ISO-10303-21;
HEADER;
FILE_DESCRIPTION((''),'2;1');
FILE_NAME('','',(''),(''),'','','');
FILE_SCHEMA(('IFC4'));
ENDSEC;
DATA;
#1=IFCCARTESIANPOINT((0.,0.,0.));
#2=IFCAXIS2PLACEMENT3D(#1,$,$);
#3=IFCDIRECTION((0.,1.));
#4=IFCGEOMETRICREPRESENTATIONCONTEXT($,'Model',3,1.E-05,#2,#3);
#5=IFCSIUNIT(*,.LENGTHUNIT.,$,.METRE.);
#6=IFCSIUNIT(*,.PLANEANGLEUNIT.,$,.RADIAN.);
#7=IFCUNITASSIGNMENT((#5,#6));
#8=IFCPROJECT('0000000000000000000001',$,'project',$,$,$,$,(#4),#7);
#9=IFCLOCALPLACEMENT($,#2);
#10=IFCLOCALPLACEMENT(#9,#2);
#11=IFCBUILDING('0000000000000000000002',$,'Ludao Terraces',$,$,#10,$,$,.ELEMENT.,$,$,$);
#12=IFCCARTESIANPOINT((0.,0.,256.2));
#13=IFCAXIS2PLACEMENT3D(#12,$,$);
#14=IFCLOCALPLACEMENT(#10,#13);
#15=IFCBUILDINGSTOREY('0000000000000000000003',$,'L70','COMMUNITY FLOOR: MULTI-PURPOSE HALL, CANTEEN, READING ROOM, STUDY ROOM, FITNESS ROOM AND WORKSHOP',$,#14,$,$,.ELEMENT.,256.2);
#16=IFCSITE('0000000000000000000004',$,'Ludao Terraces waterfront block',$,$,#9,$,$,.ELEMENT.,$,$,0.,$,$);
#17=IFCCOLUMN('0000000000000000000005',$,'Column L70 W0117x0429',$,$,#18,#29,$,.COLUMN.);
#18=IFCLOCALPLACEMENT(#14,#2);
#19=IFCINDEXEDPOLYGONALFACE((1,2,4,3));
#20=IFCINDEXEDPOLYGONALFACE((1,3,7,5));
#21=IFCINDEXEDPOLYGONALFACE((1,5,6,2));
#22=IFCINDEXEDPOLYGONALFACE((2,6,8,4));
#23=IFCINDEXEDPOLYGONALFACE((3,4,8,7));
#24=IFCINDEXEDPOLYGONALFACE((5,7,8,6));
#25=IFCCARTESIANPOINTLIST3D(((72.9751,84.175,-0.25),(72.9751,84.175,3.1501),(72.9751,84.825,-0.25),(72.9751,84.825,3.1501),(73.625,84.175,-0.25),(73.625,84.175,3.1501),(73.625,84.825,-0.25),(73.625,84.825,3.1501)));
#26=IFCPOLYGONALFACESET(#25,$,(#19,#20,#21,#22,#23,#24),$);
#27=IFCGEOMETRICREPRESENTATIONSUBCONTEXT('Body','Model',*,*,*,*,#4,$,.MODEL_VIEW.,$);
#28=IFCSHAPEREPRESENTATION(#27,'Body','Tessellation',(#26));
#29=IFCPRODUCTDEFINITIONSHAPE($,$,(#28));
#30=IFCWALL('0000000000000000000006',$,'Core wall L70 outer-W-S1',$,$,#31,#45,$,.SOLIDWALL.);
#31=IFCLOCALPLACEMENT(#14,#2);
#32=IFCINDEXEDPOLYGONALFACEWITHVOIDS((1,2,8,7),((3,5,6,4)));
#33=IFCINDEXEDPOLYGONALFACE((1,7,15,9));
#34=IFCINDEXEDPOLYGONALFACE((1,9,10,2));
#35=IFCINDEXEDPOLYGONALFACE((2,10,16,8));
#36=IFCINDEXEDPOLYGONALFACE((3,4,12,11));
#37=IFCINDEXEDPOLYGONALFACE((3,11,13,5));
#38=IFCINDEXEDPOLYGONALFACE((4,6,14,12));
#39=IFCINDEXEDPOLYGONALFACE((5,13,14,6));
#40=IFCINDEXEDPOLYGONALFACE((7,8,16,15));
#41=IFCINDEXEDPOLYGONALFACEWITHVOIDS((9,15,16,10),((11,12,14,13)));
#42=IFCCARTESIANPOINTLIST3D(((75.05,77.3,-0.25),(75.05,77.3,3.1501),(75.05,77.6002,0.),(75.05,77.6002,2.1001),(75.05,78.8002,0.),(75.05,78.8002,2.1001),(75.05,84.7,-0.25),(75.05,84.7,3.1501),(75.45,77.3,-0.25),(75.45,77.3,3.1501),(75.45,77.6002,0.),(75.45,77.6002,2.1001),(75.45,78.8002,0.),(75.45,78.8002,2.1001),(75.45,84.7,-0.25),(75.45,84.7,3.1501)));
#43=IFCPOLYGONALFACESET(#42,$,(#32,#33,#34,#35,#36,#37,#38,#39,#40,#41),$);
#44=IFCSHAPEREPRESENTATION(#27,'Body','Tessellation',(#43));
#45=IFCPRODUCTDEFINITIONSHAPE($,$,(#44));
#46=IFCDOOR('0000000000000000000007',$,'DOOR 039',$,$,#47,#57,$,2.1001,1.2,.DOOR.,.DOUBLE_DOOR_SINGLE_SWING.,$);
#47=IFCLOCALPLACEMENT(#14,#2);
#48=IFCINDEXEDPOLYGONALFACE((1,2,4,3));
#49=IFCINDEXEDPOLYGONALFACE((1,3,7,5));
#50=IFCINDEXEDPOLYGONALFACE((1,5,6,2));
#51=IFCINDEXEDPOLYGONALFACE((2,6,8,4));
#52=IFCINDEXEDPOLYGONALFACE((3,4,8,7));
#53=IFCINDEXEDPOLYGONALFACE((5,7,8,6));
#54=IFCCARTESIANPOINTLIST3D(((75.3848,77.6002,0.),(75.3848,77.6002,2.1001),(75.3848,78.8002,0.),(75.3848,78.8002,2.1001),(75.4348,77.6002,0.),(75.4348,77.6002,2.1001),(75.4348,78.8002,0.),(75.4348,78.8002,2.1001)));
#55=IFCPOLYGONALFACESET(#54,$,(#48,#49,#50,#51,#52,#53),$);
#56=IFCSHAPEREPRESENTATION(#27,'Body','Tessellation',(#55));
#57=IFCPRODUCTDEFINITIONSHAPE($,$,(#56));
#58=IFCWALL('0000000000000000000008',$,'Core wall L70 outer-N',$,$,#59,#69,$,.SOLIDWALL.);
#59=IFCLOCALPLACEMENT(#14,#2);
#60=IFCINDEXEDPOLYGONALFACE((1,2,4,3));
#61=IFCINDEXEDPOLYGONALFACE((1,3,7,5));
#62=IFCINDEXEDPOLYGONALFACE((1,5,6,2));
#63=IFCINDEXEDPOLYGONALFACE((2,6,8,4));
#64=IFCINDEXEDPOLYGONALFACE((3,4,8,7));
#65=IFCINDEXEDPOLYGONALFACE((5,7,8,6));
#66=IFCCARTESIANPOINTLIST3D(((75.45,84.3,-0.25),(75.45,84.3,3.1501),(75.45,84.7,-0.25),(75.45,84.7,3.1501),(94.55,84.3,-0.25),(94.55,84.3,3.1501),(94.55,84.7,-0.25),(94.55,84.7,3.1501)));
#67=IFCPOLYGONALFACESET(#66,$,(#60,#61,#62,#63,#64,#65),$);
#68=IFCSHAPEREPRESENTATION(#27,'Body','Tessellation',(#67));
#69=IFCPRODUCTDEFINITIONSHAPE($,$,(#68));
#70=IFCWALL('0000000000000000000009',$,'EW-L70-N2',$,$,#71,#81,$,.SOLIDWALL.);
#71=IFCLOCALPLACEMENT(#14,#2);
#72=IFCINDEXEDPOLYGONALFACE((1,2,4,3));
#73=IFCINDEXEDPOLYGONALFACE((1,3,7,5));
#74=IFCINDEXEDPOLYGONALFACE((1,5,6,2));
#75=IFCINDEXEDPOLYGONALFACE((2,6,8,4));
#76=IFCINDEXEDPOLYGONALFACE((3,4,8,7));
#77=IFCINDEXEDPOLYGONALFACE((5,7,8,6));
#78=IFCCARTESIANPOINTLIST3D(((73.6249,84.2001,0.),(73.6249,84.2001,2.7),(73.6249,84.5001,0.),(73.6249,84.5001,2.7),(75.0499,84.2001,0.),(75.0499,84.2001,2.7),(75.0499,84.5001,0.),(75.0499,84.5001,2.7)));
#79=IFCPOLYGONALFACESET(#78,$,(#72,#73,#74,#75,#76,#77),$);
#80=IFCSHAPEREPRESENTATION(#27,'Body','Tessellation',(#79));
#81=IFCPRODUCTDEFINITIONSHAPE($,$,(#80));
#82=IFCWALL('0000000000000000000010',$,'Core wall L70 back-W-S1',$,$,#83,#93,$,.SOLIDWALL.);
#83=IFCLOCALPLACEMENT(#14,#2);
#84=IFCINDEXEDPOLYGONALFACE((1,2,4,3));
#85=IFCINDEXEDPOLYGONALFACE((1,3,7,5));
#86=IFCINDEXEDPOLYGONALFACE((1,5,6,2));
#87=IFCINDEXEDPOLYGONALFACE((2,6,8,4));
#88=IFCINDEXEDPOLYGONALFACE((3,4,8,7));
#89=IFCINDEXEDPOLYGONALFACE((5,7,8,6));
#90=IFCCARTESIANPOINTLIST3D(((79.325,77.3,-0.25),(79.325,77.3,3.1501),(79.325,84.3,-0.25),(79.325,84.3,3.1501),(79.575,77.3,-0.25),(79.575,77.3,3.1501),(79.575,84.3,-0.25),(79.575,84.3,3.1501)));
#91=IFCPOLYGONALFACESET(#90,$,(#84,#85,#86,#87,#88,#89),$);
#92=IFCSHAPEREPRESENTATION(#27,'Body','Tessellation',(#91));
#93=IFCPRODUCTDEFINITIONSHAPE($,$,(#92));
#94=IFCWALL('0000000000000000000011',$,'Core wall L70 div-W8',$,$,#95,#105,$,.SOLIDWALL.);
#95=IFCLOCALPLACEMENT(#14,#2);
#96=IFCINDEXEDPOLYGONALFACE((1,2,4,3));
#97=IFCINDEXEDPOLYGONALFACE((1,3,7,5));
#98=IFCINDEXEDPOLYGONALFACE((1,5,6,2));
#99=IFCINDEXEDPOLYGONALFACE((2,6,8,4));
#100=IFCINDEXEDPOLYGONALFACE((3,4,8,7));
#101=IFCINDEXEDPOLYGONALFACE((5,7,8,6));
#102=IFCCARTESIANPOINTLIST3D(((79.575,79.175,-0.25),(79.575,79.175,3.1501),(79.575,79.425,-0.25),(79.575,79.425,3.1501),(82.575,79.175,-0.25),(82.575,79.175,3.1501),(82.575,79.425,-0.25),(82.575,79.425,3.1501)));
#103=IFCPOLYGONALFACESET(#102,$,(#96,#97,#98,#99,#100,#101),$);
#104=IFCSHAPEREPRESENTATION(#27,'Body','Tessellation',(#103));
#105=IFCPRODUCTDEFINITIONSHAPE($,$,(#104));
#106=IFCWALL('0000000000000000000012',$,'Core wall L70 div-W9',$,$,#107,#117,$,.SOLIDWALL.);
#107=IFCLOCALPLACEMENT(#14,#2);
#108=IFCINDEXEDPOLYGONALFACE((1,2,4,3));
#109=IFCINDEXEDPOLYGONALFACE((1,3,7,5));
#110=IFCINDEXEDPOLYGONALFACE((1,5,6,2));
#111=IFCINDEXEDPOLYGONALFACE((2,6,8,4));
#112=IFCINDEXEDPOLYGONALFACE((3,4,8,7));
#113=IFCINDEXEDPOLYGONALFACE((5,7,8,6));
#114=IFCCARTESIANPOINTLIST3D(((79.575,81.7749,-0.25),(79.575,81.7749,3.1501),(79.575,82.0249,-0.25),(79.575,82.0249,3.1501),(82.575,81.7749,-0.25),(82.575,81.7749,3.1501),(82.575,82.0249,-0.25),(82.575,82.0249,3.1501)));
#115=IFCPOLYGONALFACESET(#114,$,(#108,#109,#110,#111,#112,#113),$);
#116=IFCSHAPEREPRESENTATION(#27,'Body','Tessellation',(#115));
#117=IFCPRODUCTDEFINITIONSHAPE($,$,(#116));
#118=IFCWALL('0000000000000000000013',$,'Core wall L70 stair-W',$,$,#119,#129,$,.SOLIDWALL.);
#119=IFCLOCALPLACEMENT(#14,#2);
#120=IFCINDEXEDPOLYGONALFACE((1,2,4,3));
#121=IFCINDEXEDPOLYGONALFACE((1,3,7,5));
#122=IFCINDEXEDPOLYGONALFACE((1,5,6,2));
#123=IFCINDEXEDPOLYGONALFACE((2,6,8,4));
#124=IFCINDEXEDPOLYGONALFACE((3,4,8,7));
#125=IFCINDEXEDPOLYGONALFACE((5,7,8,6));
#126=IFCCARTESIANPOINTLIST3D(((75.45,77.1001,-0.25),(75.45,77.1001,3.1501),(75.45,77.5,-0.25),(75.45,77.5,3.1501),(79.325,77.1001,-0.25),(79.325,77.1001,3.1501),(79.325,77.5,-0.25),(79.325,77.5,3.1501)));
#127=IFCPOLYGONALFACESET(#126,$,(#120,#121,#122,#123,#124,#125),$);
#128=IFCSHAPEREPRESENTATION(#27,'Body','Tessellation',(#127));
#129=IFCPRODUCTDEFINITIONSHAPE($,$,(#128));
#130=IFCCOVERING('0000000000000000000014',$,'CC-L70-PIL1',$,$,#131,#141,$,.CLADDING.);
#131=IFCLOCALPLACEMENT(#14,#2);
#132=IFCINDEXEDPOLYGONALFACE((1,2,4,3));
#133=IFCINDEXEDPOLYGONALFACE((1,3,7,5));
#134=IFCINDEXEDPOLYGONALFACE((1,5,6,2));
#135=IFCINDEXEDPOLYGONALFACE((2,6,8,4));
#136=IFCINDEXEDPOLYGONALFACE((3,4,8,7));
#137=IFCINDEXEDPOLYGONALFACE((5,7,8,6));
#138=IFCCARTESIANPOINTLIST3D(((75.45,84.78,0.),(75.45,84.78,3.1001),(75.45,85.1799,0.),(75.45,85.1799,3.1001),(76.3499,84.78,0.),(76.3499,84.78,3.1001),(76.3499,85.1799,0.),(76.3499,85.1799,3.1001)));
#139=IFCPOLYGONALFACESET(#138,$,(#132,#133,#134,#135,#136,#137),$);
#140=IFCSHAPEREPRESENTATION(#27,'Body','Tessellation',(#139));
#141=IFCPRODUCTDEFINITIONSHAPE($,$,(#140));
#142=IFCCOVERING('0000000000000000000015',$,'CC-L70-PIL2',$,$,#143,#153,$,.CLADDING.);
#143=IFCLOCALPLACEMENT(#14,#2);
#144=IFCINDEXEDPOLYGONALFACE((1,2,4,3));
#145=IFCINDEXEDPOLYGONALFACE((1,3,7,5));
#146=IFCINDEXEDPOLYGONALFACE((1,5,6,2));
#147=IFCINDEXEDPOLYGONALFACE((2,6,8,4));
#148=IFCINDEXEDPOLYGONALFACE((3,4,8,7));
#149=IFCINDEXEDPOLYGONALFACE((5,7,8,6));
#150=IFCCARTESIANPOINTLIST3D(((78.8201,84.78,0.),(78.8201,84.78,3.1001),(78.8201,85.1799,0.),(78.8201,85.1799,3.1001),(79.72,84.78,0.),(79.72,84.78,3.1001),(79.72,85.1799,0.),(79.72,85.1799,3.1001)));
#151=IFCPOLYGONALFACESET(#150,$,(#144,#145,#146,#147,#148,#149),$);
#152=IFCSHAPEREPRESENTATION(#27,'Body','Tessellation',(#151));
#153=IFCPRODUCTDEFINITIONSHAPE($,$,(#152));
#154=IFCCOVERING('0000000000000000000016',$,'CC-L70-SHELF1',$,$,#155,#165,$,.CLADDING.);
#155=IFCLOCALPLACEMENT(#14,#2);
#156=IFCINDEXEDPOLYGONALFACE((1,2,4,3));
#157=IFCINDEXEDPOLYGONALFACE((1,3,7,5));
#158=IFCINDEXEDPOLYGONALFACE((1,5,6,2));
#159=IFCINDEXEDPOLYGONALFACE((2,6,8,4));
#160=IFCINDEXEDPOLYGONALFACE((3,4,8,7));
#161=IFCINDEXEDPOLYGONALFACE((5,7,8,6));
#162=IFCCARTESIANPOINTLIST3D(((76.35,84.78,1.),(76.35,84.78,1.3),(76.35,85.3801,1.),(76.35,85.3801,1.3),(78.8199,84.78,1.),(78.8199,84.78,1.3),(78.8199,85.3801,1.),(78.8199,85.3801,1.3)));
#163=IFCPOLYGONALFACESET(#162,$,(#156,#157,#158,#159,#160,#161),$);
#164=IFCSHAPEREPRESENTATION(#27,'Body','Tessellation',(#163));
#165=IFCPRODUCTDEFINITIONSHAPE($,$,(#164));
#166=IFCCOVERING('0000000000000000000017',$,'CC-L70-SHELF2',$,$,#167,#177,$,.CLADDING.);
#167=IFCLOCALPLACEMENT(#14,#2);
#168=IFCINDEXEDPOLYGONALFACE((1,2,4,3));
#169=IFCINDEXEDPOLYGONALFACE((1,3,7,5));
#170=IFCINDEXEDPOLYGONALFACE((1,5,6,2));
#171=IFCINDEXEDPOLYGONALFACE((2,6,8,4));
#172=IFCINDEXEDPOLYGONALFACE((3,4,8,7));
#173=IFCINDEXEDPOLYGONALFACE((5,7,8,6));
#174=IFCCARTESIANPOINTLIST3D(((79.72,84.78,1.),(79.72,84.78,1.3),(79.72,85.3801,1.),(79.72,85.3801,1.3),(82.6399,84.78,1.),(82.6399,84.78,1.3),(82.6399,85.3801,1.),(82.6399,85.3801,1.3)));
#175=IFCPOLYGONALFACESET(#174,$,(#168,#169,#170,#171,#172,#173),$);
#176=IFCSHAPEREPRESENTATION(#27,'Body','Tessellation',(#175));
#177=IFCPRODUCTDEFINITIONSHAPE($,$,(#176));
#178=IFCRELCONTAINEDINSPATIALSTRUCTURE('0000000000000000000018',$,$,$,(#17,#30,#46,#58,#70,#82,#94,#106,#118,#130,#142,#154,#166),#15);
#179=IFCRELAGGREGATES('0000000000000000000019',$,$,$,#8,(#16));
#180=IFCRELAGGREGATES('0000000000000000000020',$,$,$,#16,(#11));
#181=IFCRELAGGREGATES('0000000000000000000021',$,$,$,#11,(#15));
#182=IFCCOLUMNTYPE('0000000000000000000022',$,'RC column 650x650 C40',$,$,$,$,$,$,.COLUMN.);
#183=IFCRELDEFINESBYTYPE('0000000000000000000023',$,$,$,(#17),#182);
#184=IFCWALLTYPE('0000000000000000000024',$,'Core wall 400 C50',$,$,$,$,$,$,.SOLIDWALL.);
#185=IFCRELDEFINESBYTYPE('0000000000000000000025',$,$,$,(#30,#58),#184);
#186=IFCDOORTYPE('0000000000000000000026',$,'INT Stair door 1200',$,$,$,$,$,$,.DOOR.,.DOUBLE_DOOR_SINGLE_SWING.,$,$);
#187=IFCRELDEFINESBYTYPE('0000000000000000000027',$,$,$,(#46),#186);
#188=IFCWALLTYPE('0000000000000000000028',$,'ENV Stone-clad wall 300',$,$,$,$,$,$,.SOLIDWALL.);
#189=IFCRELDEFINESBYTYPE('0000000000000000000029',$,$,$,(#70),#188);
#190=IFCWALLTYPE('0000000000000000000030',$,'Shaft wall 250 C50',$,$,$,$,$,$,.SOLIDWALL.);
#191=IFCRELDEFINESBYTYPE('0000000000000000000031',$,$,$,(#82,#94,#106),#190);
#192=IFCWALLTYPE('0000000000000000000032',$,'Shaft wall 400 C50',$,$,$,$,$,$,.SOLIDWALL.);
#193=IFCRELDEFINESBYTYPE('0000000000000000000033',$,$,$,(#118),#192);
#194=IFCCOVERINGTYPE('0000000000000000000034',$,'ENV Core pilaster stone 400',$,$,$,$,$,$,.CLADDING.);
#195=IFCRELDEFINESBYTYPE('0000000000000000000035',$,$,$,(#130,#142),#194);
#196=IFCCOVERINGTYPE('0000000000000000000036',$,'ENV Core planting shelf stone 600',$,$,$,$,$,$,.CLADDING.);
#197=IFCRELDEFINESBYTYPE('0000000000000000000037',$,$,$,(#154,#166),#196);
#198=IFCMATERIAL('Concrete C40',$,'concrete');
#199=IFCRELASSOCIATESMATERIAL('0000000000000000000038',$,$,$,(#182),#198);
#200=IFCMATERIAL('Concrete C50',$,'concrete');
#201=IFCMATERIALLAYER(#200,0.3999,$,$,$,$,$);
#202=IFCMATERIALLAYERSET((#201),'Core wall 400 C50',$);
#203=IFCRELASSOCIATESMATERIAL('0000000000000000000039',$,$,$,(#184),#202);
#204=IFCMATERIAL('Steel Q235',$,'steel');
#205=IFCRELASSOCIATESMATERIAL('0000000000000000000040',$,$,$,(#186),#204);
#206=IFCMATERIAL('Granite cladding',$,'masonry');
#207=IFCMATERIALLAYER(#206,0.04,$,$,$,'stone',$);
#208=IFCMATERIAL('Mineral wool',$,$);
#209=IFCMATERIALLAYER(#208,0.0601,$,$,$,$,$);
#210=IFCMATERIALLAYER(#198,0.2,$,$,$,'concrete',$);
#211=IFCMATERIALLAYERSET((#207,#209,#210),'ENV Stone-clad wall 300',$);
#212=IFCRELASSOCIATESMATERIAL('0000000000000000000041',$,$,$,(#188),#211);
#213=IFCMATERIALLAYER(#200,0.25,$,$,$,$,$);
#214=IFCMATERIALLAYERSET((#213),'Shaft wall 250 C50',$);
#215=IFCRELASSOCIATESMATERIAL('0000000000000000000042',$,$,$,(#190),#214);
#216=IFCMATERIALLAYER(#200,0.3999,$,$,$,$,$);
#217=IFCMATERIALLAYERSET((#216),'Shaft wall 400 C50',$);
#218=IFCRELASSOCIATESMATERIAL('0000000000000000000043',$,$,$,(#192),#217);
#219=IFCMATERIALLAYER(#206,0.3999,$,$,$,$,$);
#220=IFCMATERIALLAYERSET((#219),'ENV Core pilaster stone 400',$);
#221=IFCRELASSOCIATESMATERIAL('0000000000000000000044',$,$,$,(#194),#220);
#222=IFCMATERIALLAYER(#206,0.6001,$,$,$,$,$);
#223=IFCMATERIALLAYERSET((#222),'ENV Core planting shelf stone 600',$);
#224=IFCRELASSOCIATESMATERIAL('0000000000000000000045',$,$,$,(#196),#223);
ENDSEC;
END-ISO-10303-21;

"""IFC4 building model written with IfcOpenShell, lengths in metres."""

from ifc_helpers import new_model, si_unit, direction, frame, frame_2d, origin, origin_2d, place, context, subcontext, project, spatial, rectangle, extrude, material, layer, layer_set, material_profile, profile_set, type_object, element, fill, save


model = new_model("IFC4")

# Units and contexts
model_context = context("Model", 3, precision=1e-05, world=origin(), true_north=direction((0.0, 1.0)))
body_context = subcontext(model_context, "Body", "Model", "MODEL_VIEW")
ifc_project = project(units=[si_unit("LENGTHUNIT", "METRE"), si_unit("PLANEANGLEUNIT", "RADIAN")], contexts=[model_context])

# Site, building, storey
site_placement = place(None, origin())
site = spatial("IfcSite", under=ifc_project, at=site_placement, Name="Ludao Terraces waterfront block", CompositionType="ELEMENT", RefElevation=0.0)
building_placement = place(site_placement, origin())
building = spatial("IfcBuilding", under=site, at=building_placement, Name="Ludao Terraces", CompositionType="ELEMENT")
storey_placement = place(building_placement, frame((0.0, 0.0, 256.2)))
storey = spatial("IfcBuildingStorey", under=building, at=storey_placement, Name="L70", Description="COMMUNITY FLOOR: MULTI-PURPOSE HALL, CANTEEN, READING ROOM, STUDY ROOM, FITNESS ROOM AND WORKSHOP", CompositionType="ELEMENT", Elevation=256.2)

# Column
ifc_material_1 = material(Name="Concrete C40", Category="concrete")
ifc_material_profile = material_profile(ifc_material_1, rectangle(XDim=0.6499, YDim=0.6499, at=origin_2d()), Name="650 X 650")
ifc_profile_set = profile_set([ifc_material_profile], Name="Concrete C40")
column_type = type_object("IfcColumnType", Name="RC column 650x650 C40", PredefinedType="COLUMN", material=ifc_profile_set)
column_placement = place(storey_placement, frame((73.3, 84.5, -0.25), z_axis=(0.0, 0.0, 1.0), x_axis=(1.0, 0.0, 0.0)))
element("IfcColumn", 1, at=column_placement, inside=storey, type_object=column_type, Name="Column L70 W0117x0429", PredefinedType="COLUMN", context=body_context, shape_type="SweptSolid", body=[
    extrude(rectangle(XDim=0.6499, YDim=0.6499, at=origin_2d()), origin(), (0.0, 0.0, 1.0), 3.4001),
])

# Wall, opening, door
ifc_material_2 = material(Name="Concrete C50", Category="concrete")
ifc_layer_1 = layer(ifc_material_2, 0.3999)
ifc_layer_set_1 = layer_set([ifc_layer_1], Name="Core wall 400 C50")
wall_type_1 = type_object("IfcWallType", Name="Core wall 400 C50", PredefinedType="SOLIDWALL", material=ifc_layer_set_1)
wall_1_placement = place(storey_placement, frame((75.25, 77.3, -0.25), z_axis=(0.0, 0.0, 1.0), x_axis=(0.0, 1.0, 0.0)))
wall_1 = element("IfcWall", 2, at=wall_1_placement, inside=storey, type_object=wall_type_1, Name="Core wall L70 outer-W-S1", PredefinedType="SOLIDWALL", context=body_context, shape_type="SweptSolid", body=[
    extrude(rectangle(XDim=7.3999, YDim=0.3999, at=frame_2d((3.7, 0.0))), origin(), (0.0, 0.0, 1.0), 3.4001),
])
opening_placement = place(wall_1_placement, frame((0.3, 0.0, 0.25)))
opening = element("IfcOpeningElement", 3, at=opening_placement, cuts=wall_1, PredefinedType="OPENING", context=body_context, shape_type="SweptSolid", body=[
    extrude(rectangle(XDim=1.2, YDim=2.1001, at=frame_2d((0.6001, 1.05))), frame((0.0, 0.21, 0.0), z_axis=(0.0, -1.0, 0.0), x_axis=(1.0, 0.0, 0.0)), (0.0, 0.0, 1.0), 0.4199),
])
ifc_material_3 = material(Name="Steel Q235", Category="steel")
door_type = type_object("IfcDoorType", Name="INT Stair door 1200", OperationType="DOUBLE_DOOR_SINGLE_SWING", PredefinedType="DOOR", material=ifc_material_3)
door_placement = place(opening_placement, origin())
door = element("IfcDoor", 4, at=door_placement, inside=storey, type_object=door_type, Name="DOOR 039", OperationType="DOUBLE_DOOR_SINGLE_SWING", OverallHeight=2.1001, OverallWidth=1.2, PredefinedType="DOOR", context=body_context, shape_type="SweptSolid", body=[
    extrude(rectangle(XDim=1.2, YDim=2.1001, at=frame_2d((0.6001, 1.05))), frame((0.0, -0.1348, 0.0), z_axis=(0.0, -1.0, 0.0), x_axis=(1.0, 0.0, 0.0)), (0.0, 0.0, 1.0), 0.05),
])
fill(opening, door)

# Walls
wall_2_placement = place(storey_placement, frame((75.45, 84.5, -0.25), z_axis=(0.0, 0.0, 1.0), x_axis=(1.0, 0.0, 0.0)))
element("IfcWall", 5, at=wall_2_placement, inside=storey, type_object=wall_type_1, Name="Core wall L70 outer-N", PredefinedType="SOLIDWALL", context=body_context, shape_type="SweptSolid", body=[
    extrude(rectangle(XDim=19.1001, YDim=0.3999, at=frame_2d((9.55, 0.0))), origin(), (0.0, 0.0, 1.0), 3.4001),
])
ifc_material_4 = material(Name="Granite cladding", Category="masonry")
ifc_layer_2 = layer(ifc_material_4, 0.04, Category="stone")
ifc_material_5 = material(Name="Mineral wool")
ifc_layer_3 = layer(ifc_material_5, 0.0601)
ifc_layer_4 = layer(ifc_material_1, 0.2, Category="concrete")
ifc_layer_set_2 = layer_set([ifc_layer_2, ifc_layer_3, ifc_layer_4], Name="ENV Stone-clad wall 300")
wall_type_2 = type_object("IfcWallType", Name="ENV Stone-clad wall 300", PredefinedType="SOLIDWALL", material=ifc_layer_set_2)
wall_3_placement = place(storey_placement, frame((73.625, 84.3501, 0.0), z_axis=(0.0, 0.0, 1.0), x_axis=(1.0, 0.0, 0.0)))
element("IfcWall", 6, at=wall_3_placement, inside=storey, type_object=wall_type_2, Name="EW-L70-N2", PredefinedType="SOLIDWALL", context=body_context, shape_type="SweptSolid", body=[
    extrude(rectangle(XDim=1.425, YDim=0.3, at=frame_2d((0.7124, 0.0))), origin(), (0.0, 0.0, 1.0), 2.7),
])
ifc_layer_5 = layer(ifc_material_2, 0.25)
ifc_layer_set_3 = layer_set([ifc_layer_5], Name="Shaft wall 250 C50")
wall_type_3 = type_object("IfcWallType", Name="Shaft wall 250 C50", PredefinedType="SOLIDWALL", material=ifc_layer_set_3)
wall_4_placement = place(storey_placement, frame((79.45, 77.3, -0.25), z_axis=(0.0, 0.0, 1.0), x_axis=(0.0, 1.0, 0.0)))
element("IfcWall", 7, at=wall_4_placement, inside=storey, type_object=wall_type_3, Name="Core wall L70 back-W-S1", PredefinedType="SOLIDWALL", context=body_context, shape_type="SweptSolid", body=[
    extrude(rectangle(XDim=7.0, YDim=0.25, at=frame_2d((3.5, 0.0))), origin(), (0.0, 0.0, 1.0), 3.4001),
])
for number, where, z_axis, x_axis, name in (
    (8, (79.575, 79.3, -0.25), (0.0, 0.0, 1.0), (1.0, 0.0, 0.0), "Core wall L70 div-W8"),
    (9, (79.575, 81.8999, -0.25), (0.0, 0.0, 1.0), (1.0, 0.0, 0.0), "Core wall L70 div-W9"),
):
    element("IfcWall", number, at=place(storey_placement, frame(where, z_axis=z_axis, x_axis=x_axis)), inside=storey, type_object=wall_type_3, Name=name, PredefinedType="SOLIDWALL", context=body_context, shape_type="SweptSolid", body=[
        extrude(rectangle(XDim=3.0, YDim=0.25, at=frame_2d((1.5, 0.0))), origin(), (0.0, 0.0, 1.0), 3.4001),
    ])
ifc_layer_6 = layer(ifc_material_2, 0.3999)
ifc_layer_set_4 = layer_set([ifc_layer_6], Name="Shaft wall 400 C50")
wall_type_4 = type_object("IfcWallType", Name="Shaft wall 400 C50", PredefinedType="SOLIDWALL", material=ifc_layer_set_4)
wall_5_placement = place(storey_placement, frame((75.45, 77.3, -0.25), z_axis=(0.0, 0.0, 1.0), x_axis=(1.0, 0.0, 0.0)))
element("IfcWall", 10, at=wall_5_placement, inside=storey, type_object=wall_type_4, Name="Core wall L70 stair-W", PredefinedType="SOLIDWALL", context=body_context, shape_type="SweptSolid", body=[
    extrude(rectangle(XDim=3.875, YDim=0.3999, at=frame_2d((1.9375, 0.0))), origin(), (0.0, 0.0, 1.0), 3.4001),
])

# Coverings
ifc_layer_7 = layer(ifc_material_4, 0.3999)
ifc_layer_set_5 = layer_set([ifc_layer_7], Name="ENV Core pilaster stone 400")
covering_type_1 = type_object("IfcCoveringType", Name="ENV Core pilaster stone 400", PredefinedType="CLADDING", material=ifc_layer_set_5)
for number, where, z_axis, x_axis, name in (
    (11, (75.8999, 84.98, 0.0), (0.0, 0.0, 1.0), (1.0, 0.0, 0.0), "CC-L70-PIL1"),
    (12, (79.27, 84.98, 0.0), (0.0, 0.0, 1.0), (1.0, 0.0, 0.0), "CC-L70-PIL2"),
):
    element("IfcCovering", number, at=place(storey_placement, frame(where, z_axis=z_axis, x_axis=x_axis)), inside=storey, type_object=covering_type_1, Name=name, PredefinedType="CLADDING", context=body_context, shape_type="SweptSolid", body=[
        extrude(rectangle(XDim=0.8999, YDim=0.3999, at=origin_2d()), origin(), (0.0, 0.0, 1.0), 3.1001),
    ])
ifc_layer_8 = layer(ifc_material_4, 0.6001)
ifc_layer_set_6 = layer_set([ifc_layer_8], Name="ENV Core planting shelf stone 600")
covering_type_2 = type_object("IfcCoveringType", Name="ENV Core planting shelf stone 600", PredefinedType="CLADDING", material=ifc_layer_set_6)
covering_1_placement = place(storey_placement, frame((77.585, 85.0801, 1.0), z_axis=(0.0, 0.0, 1.0), x_axis=(1.0, 0.0, 0.0)))
element("IfcCovering", 13, at=covering_1_placement, inside=storey, type_object=covering_type_2, Name="CC-L70-SHELF1", PredefinedType="CLADDING", context=body_context, shape_type="SweptSolid", body=[
    extrude(rectangle(XDim=2.47, YDim=0.6001, at=origin_2d()), origin(), (0.0, 0.0, 1.0), 0.3),
])
covering_2_placement = place(storey_placement, frame((81.1799, 85.0801, 1.0), z_axis=(0.0, 0.0, 1.0), x_axis=(1.0, 0.0, 0.0)))
element("IfcCovering", 14, at=covering_2_placement, inside=storey, type_object=covering_type_2, Name="CC-L70-SHELF2", PredefinedType="CLADDING", context=body_context, shape_type="SweptSolid", body=[
    extrude(rectangle(XDim=2.9199, YDim=0.6001, at=origin_2d()), origin(), (0.0, 0.0, 1.0), 0.3),
])

save(model, "model.ifc")
